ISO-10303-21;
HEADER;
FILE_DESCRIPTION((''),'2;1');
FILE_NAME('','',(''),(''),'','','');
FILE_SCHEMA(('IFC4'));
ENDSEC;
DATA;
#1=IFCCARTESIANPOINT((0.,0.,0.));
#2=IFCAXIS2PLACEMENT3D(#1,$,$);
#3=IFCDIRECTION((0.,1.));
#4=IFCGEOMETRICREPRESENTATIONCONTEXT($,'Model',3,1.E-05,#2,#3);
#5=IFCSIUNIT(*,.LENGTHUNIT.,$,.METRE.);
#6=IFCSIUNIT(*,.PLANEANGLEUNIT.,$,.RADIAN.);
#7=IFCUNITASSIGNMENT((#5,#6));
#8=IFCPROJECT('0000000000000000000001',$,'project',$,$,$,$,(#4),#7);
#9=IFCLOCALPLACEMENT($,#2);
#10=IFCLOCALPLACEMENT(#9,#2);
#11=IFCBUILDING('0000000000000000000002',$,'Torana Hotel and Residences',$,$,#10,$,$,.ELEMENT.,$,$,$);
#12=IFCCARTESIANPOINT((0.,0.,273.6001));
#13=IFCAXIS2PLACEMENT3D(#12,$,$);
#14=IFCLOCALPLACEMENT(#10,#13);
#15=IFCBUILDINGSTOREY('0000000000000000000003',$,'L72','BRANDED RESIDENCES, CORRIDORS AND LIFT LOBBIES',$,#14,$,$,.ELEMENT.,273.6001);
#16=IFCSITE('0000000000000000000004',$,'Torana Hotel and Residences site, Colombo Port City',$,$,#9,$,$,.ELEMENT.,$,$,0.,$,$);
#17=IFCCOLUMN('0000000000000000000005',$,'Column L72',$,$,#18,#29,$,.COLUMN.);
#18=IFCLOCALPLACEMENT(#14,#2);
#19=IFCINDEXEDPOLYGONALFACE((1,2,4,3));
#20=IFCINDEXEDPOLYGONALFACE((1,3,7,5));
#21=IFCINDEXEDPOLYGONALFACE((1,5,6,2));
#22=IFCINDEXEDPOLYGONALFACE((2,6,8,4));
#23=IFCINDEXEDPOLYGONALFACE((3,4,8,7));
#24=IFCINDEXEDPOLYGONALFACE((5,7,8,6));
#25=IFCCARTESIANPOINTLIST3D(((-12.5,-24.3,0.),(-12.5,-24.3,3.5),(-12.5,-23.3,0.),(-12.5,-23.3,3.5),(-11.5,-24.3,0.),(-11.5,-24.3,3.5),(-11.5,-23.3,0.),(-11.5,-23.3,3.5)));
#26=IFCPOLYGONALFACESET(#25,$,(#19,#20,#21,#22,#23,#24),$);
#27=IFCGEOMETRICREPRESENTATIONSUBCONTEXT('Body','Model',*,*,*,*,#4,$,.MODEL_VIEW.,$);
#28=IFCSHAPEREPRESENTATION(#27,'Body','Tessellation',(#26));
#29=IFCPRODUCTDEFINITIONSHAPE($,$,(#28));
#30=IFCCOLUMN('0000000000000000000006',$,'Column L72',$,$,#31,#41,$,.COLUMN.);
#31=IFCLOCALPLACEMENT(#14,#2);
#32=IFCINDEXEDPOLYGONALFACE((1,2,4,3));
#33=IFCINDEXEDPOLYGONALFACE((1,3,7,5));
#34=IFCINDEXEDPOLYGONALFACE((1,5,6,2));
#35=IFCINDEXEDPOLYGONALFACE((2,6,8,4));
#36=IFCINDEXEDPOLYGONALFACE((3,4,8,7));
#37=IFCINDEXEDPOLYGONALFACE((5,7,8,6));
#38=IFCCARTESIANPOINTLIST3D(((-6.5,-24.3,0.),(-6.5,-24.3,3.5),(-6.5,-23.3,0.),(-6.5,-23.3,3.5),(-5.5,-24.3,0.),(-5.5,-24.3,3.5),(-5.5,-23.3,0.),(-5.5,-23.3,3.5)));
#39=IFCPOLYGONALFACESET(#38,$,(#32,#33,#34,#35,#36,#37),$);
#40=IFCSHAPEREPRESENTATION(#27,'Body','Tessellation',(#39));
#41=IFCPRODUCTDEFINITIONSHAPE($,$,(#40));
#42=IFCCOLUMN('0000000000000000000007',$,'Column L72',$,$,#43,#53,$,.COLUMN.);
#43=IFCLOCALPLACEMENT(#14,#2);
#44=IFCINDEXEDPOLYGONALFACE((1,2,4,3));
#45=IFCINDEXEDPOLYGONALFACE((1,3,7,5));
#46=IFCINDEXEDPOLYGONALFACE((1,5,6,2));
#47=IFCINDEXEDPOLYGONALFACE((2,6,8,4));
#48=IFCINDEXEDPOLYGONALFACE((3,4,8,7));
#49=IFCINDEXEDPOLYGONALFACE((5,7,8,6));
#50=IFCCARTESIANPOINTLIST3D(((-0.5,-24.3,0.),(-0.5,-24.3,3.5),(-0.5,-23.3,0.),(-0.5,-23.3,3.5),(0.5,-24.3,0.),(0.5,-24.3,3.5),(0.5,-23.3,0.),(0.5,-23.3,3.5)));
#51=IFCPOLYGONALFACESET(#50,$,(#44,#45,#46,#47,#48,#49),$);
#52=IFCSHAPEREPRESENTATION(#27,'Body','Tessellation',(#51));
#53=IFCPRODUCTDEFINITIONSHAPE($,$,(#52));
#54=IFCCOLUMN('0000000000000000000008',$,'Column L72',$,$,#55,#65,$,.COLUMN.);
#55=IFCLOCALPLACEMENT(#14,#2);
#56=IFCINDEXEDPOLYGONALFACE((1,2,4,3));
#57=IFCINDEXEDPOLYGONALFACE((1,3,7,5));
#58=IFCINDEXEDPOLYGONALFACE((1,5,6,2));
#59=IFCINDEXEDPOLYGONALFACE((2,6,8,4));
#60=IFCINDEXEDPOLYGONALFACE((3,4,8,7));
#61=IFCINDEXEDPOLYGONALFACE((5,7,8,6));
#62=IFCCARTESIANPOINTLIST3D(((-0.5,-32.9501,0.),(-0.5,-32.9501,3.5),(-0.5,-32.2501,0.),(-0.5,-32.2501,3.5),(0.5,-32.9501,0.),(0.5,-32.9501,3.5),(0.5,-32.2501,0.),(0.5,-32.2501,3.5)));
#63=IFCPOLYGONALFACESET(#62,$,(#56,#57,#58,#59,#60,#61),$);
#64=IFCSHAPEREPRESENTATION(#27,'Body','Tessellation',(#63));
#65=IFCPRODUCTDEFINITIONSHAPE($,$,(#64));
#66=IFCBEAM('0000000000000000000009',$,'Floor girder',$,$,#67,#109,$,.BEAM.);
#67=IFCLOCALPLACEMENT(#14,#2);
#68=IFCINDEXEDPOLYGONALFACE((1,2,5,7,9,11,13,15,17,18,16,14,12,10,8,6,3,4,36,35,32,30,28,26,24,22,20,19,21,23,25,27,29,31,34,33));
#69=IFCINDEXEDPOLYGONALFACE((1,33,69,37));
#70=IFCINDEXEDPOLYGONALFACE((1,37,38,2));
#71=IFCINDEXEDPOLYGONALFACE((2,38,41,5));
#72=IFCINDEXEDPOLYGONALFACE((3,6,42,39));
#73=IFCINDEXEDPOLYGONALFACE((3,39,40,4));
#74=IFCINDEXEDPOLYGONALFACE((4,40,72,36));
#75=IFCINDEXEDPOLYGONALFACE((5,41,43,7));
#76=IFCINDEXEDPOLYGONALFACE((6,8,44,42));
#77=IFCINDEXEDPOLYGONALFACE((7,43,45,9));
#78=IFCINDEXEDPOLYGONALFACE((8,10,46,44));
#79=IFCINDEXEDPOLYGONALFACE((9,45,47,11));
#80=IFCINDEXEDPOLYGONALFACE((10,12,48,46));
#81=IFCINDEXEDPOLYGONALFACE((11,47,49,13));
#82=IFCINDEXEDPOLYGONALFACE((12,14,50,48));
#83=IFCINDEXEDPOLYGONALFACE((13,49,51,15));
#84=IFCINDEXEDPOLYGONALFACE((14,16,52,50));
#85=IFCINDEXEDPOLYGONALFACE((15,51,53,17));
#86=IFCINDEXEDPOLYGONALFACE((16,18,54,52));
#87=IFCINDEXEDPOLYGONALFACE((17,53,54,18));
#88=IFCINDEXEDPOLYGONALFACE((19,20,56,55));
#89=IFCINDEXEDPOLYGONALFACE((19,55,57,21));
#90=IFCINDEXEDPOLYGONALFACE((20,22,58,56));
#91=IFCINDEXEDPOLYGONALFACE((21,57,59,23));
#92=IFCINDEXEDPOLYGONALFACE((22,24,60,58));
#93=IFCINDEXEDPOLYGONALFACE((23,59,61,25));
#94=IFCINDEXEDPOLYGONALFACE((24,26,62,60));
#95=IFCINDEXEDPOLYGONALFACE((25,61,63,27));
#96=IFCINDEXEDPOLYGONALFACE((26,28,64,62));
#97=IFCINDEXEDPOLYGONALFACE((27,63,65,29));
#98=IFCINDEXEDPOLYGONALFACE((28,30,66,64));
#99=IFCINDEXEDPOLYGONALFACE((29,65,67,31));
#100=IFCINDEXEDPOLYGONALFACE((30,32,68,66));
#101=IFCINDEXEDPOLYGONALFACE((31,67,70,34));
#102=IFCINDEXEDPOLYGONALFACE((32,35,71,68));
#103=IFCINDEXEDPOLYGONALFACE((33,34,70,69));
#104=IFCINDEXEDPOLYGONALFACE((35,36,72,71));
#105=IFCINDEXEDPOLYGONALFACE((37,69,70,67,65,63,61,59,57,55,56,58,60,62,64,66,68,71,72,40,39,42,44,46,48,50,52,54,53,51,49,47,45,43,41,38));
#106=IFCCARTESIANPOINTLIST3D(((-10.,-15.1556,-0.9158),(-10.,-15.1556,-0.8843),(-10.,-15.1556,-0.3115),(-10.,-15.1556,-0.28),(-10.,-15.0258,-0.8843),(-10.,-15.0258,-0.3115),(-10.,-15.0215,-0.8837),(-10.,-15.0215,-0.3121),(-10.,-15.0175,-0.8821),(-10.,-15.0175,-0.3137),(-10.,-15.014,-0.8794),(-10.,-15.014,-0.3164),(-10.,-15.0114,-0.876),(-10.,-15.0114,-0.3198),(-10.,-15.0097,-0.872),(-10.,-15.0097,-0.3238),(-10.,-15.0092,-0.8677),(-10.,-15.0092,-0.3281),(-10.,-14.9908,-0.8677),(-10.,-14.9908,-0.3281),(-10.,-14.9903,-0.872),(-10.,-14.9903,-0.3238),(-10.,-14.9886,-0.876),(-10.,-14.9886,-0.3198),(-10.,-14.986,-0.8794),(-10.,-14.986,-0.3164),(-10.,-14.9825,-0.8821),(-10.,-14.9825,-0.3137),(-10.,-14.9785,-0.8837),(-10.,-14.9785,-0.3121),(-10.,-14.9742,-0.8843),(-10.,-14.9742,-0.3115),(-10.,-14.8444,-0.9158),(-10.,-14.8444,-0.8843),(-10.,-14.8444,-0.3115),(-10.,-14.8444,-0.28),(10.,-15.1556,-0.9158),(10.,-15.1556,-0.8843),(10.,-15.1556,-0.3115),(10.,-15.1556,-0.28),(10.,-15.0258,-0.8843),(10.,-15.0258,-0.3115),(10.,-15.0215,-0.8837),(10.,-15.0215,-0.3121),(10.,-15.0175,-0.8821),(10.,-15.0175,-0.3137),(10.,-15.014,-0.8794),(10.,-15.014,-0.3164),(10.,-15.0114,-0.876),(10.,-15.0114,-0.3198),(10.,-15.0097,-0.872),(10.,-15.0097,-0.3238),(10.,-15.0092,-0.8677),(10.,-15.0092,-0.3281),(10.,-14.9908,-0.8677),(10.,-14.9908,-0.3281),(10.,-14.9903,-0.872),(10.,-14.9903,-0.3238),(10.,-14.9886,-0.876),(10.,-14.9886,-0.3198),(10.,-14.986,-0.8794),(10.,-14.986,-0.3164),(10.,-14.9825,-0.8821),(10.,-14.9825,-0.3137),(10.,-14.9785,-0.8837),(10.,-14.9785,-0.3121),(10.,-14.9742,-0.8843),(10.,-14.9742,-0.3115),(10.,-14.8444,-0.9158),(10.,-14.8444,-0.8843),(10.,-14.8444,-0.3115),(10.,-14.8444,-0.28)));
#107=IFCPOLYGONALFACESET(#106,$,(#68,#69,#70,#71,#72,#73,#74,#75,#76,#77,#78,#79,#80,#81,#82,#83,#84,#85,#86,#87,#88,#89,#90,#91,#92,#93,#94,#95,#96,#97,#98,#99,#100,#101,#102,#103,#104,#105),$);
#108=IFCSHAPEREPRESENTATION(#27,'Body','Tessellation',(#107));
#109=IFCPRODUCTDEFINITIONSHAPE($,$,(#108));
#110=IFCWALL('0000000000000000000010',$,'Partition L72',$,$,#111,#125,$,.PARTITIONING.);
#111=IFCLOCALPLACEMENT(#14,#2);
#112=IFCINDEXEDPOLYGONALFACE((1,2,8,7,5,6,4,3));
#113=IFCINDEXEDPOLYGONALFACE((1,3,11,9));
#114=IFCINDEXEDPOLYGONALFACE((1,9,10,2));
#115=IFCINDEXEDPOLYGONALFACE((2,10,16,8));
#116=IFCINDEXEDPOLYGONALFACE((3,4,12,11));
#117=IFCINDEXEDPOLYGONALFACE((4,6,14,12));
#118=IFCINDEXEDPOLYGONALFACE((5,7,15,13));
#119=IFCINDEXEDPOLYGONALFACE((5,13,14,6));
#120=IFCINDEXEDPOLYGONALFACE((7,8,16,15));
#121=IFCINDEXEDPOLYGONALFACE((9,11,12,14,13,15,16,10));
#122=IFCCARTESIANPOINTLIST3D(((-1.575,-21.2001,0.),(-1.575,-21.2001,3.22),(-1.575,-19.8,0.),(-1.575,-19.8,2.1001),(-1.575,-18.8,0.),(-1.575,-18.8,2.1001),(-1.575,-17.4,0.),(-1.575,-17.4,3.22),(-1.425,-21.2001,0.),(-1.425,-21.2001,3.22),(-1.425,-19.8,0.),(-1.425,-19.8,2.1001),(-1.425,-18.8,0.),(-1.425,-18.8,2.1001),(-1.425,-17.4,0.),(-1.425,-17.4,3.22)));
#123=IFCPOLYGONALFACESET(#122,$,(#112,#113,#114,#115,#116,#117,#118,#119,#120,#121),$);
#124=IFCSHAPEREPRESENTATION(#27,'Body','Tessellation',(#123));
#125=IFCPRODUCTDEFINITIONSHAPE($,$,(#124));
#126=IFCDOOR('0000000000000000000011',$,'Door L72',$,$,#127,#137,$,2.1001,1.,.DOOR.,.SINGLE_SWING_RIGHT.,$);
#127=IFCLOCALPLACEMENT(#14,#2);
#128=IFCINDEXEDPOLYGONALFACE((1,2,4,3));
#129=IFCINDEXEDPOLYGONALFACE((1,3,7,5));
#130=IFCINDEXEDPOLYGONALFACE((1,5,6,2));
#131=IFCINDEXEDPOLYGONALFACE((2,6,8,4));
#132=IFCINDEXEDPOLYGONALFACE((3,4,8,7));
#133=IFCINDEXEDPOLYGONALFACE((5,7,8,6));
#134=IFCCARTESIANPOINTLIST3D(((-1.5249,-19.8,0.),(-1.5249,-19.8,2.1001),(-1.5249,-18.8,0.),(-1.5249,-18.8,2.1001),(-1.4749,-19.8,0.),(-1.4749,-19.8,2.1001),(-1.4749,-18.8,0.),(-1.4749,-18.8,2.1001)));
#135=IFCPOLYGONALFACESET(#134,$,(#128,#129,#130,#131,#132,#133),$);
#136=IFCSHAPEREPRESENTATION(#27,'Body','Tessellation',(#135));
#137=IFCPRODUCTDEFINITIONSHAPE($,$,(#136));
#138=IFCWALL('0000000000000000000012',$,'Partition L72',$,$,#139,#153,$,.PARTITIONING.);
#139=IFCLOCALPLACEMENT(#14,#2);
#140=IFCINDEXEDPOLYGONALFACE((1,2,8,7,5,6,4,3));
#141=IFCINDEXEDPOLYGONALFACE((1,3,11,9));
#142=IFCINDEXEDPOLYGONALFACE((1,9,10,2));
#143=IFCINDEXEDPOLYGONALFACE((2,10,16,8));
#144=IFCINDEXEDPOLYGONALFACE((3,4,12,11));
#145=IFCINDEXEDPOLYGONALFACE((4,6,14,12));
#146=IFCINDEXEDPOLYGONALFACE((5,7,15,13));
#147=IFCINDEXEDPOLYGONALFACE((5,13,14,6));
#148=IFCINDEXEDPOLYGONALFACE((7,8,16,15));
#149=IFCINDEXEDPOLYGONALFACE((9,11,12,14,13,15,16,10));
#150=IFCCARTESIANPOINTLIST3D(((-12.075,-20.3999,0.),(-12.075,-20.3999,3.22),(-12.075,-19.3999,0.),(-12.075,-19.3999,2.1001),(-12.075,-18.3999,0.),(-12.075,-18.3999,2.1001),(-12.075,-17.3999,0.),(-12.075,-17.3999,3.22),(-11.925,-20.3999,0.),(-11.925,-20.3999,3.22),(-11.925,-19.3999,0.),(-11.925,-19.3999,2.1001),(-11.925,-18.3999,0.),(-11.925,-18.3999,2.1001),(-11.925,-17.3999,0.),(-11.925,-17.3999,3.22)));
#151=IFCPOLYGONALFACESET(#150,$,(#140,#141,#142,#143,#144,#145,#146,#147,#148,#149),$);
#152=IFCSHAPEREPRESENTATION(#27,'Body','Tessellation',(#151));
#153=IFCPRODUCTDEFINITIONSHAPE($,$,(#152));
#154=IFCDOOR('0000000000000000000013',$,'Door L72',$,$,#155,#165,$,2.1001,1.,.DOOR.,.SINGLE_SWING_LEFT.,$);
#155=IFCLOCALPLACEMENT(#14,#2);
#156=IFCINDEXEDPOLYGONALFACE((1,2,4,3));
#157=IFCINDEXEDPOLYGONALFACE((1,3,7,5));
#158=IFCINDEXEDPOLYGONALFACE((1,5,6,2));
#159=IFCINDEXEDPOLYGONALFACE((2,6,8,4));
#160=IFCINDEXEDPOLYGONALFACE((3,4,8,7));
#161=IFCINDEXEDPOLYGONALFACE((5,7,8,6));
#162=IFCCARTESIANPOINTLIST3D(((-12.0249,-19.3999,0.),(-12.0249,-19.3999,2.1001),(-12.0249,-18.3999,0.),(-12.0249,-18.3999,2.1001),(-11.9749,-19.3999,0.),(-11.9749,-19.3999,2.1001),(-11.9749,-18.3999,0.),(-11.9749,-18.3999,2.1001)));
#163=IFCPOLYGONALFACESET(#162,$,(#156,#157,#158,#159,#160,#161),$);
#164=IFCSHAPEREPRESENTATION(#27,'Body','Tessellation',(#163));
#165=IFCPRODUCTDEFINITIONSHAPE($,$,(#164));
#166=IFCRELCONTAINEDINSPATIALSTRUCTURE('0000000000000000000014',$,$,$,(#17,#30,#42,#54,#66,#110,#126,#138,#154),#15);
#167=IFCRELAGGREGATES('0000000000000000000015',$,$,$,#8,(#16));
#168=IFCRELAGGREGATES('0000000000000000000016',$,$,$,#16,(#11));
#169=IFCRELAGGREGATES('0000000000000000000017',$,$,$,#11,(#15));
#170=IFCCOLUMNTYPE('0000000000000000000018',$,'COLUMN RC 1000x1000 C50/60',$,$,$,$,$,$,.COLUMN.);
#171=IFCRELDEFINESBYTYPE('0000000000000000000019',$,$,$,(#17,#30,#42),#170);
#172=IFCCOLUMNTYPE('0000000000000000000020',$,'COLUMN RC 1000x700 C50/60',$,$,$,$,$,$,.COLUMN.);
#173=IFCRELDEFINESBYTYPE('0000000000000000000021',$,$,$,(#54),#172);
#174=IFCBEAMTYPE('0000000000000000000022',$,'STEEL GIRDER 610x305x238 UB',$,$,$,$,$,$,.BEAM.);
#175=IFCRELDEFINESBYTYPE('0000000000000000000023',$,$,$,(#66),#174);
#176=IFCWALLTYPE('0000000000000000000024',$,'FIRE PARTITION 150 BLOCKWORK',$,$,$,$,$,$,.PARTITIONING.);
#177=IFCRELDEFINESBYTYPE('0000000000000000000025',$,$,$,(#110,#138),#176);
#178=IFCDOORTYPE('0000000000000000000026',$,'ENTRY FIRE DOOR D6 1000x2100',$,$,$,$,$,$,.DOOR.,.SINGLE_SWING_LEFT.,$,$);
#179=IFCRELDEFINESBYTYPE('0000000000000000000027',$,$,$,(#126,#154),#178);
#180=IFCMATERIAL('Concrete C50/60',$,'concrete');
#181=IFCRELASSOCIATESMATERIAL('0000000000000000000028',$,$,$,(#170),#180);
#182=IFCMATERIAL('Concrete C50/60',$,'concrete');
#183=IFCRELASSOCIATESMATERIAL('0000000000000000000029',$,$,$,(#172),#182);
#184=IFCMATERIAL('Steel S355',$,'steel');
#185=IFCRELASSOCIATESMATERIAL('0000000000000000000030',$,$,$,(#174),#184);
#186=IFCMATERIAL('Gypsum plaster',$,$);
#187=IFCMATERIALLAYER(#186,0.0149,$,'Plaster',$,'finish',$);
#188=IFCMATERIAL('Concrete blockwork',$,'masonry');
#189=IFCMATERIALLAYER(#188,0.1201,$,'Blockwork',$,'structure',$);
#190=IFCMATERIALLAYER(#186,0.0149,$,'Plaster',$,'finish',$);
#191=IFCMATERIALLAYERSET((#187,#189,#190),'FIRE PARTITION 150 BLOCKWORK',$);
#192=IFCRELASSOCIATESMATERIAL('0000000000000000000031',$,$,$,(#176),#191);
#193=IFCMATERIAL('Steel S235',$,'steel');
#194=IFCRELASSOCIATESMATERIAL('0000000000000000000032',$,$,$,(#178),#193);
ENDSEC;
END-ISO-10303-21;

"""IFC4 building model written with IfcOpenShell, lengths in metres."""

from ifc_helpers import new_model, si_unit, direction, frame, frame_2d, origin, origin_2d, place, context, subcontext, project, spatial, rectangle, i_section, extrude, material, layer, layer_set, material_profile, profile_set, type_object, element, fill, save


model = new_model("IFC4")

# Units and contexts
model_context = context("Model", 3, precision=1e-05, world=origin(), true_north=direction((0.0, 1.0)))
body_context = subcontext(model_context, "Body", "Model", "MODEL_VIEW")
ifc_project = project(units=[si_unit("LENGTHUNIT", "METRE"), si_unit("PLANEANGLEUNIT", "RADIAN")], contexts=[model_context])

# Site, building, storey
site_placement = place(None, origin())
site = spatial("IfcSite", under=ifc_project, at=site_placement, Name="Torana Hotel and Residences site, Colombo Port City", CompositionType="ELEMENT", RefElevation=0.0)
building_placement = place(site_placement, origin())
building = spatial("IfcBuilding", under=site, at=building_placement, Name="Torana Hotel and Residences", CompositionType="ELEMENT")
storey_placement = place(building_placement, frame((0.0, 0.0, 273.6001)))
storey = spatial("IfcBuildingStorey", under=building, at=storey_placement, Name="L72", Description="BRANDED RESIDENCES, CORRIDORS AND LIFT LOBBIES", CompositionType="ELEMENT", Elevation=273.6001)

# Columns
ifc_material_1 = material(Name="Concrete C50/60", Category="concrete")
ifc_material_profile_1 = material_profile(ifc_material_1, rectangle(XDim=1.0, YDim=1.0, at=origin_2d()), Name="RC 1000x1000")
ifc_profile_set_1 = profile_set([ifc_material_profile_1], Name="Concrete C50/60")
column_type_1 = type_object("IfcColumnType", Name="COLUMN RC 1000x1000 C50/60", PredefinedType="COLUMN", material=ifc_profile_set_1)
for number, where, z_axis, x_axis, name in (
    (1, (-12.0, -23.8, 0.0), (0.0, 0.0, 1.0), (1.0, 0.0, 0.0), "Column L72"),
    (2, (-6.0, -23.8, 0.0), (0.0, 0.0, 1.0), (1.0, 0.0, 0.0), "Column L72"),
    (3, (0.0, -23.8, 0.0), (0.0, 0.0, 1.0), (1.0, 0.0, 0.0), "Column L72"),
):
    element("IfcColumn", number, at=place(storey_placement, frame(where, z_axis=z_axis, x_axis=x_axis)), inside=storey, type_object=column_type_1, Name=name, PredefinedType="COLUMN", context=body_context, shape_type="SweptSolid", body=[
        extrude(rectangle(XDim=1.0, YDim=1.0, at=origin_2d()), origin(), (0.0, 0.0, 1.0), 3.5),
    ])
ifc_material_2 = material(Name="Concrete C50/60", Category="concrete")
ifc_material_profile_2 = material_profile(ifc_material_2, rectangle(XDim=1.0, YDim=0.7, at=origin_2d()), Name="RC 1000x700")
ifc_profile_set_2 = profile_set([ifc_material_profile_2], Name="Concrete C50/60")
column_type_2 = type_object("IfcColumnType", Name="COLUMN RC 1000x700 C50/60", PredefinedType="COLUMN", material=ifc_profile_set_2)
column_placement = place(storey_placement, frame((0.0, -32.6001, 0.0), z_axis=(0.0, 0.0, 1.0), x_axis=(1.0, 0.0, 0.0)))
element("IfcColumn", 4, at=column_placement, inside=storey, type_object=column_type_2, Name="Column L72", PredefinedType="COLUMN", context=body_context, shape_type="SweptSolid", body=[
    extrude(rectangle(XDim=1.0, YDim=0.7, at=origin_2d()), origin(), (0.0, 0.0, 1.0), 3.5),
])

# Beam
ifc_material_3 = material(Name="Steel S355", Category="steel")
ifc_material_profile_3 = material_profile(ifc_material_3, i_section(OverallWidth=0.3113, OverallDepth=0.6357, WebThickness=0.0183, FlangeThickness=0.0315, FilletRadius=0.0166, at=origin_2d()), Name="610x305x238 UB")
ifc_profile_set_3 = profile_set([ifc_material_profile_3], Name="Steel S355")
beam_type = type_object("IfcBeamType", Name="STEEL GIRDER 610x305x238 UB", PredefinedType="BEAM", material=ifc_profile_set_3)
beam_placement = place(storey_placement, frame((-10.0, -15.0, -0.5979), z_axis=(1.0, 0.0, 0.0), x_axis=(0.0, 1.0, 0.0)))
element("IfcBeam", 5, at=beam_placement, inside=storey, type_object=beam_type, Name="Floor girder", PredefinedType="BEAM", context=body_context, shape_type="SweptSolid", body=[
    extrude(i_section(OverallWidth=0.3113, OverallDepth=0.6357, WebThickness=0.0183, FlangeThickness=0.0315, FilletRadius=0.0166, at=origin_2d()), origin(), (0.0, 0.0, 1.0), 20.0),
])

# Walls, openings, doors
ifc_material_4 = material(Name="Gypsum plaster")
ifc_layer_1 = layer(ifc_material_4, 0.0149, Name="Plaster", Category="finish")
ifc_material_5 = material(Name="Concrete blockwork", Category="masonry")
ifc_layer_2 = layer(ifc_material_5, 0.1201, Name="Blockwork", Category="structure")
ifc_layer_3 = layer(ifc_material_4, 0.0149, Name="Plaster", Category="finish")
ifc_layer_set_1 = layer_set([ifc_layer_1, ifc_layer_2, ifc_layer_3], Name="FIRE PARTITION 150 BLOCKWORK")
wall_type_1 = type_object("IfcWallType", Name="FIRE PARTITION 150 BLOCKWORK", PredefinedType="PARTITIONING", material=ifc_layer_set_1)
wall_1_placement = place(storey_placement, frame((-1.5, -21.2, 0.0), z_axis=(0.0, 0.0, 1.0), x_axis=(0.0, 1.0, 0.0)))
wall_1 = element("IfcWall", 6, at=wall_1_placement, inside=storey, type_object=wall_type_1, Name="Partition L72", PredefinedType="PARTITIONING", context=body_context, shape_type="SweptSolid", body=[
    extrude(rectangle(XDim=3.8, YDim=0.1499, at=frame_2d((1.8999, 0.0))), origin(), (0.0, 0.0, 1.0), 3.22),
])
opening_1_placement = place(wall_1_placement, frame((1.3999, 0.0, 0.0)))
opening_1 = element("IfcOpeningElement", 7, at=opening_1_placement, cuts=wall_1, PredefinedType="OPENING", context=body_context, shape_type="SweptSolid", body=[
    extrude(rectangle(XDim=1.0, YDim=2.1001, at=frame_2d((0.5, 1.05))), frame((0.0, 0.085, 0.0), z_axis=(0.0, -1.0, 0.0), x_axis=(1.0, 0.0, 0.0)), (0.0, 0.0, 1.0), 0.1699),
])
ifc_material_6 = material(Name="Steel S235", Category="steel")
door_type_1 = type_object("IfcDoorType", Name="ENTRY FIRE DOOR D6 1000x2100", OperationType="SINGLE_SWING_LEFT", PredefinedType="DOOR", material=ifc_material_6)
door_1_placement = place(opening_1_placement, origin())
door_1 = element("IfcDoor", 8, at=door_1_placement, inside=storey, type_object=door_type_1, Name="Door L72", OperationType="SINGLE_SWING_RIGHT", OverallHeight=2.1001, OverallWidth=1.0, PredefinedType="DOOR", context=body_context, shape_type="SweptSolid", body=[
    extrude(rectangle(XDim=1.0, YDim=2.1001, at=frame_2d((0.5, 1.05))), frame((0.0, 0.0249, 0.0), z_axis=(0.0, -1.0, 0.0), x_axis=(1.0, 0.0, 0.0)), (0.0, 0.0, 1.0), 0.05),
])
fill(opening_1, door_1)
wall_2_placement = place(storey_placement, frame((-12.0, -20.3999, 0.0), z_axis=(0.0, 0.0, 1.0), x_axis=(0.0, 1.0, 0.0)))
wall_2 = element("IfcWall", 9, at=wall_2_placement, inside=storey, type_object=wall_type_1, Name="Partition L72", PredefinedType="PARTITIONING", context=body_context, shape_type="SweptSolid", body=[
    extrude(rectangle(XDim=3.0, YDim=0.1499, at=frame_2d((1.5, 0.0))), origin(), (0.0, 0.0, 1.0), 3.22),
])
opening_2_placement = place(wall_2_placement, frame((1.0, 0.0, 0.0)))
opening_2 = element("IfcOpeningElement", 10, at=opening_2_placement, cuts=wall_2, PredefinedType="OPENING", context=body_context, shape_type="SweptSolid", body=[
    extrude(rectangle(XDim=1.0, YDim=2.1001, at=frame_2d((0.5, 1.05))), frame((0.0, 0.085, 0.0), z_axis=(0.0, -1.0, 0.0), x_axis=(1.0, 0.0, 0.0)), (0.0, 0.0, 1.0), 0.1699),
])
door_2_placement = place(opening_2_placement, frame((0.5, 0.0, 0.0), z_axis=(0.0, 0.0, 1.0), x_axis=(-1.0, 0.0, 0.0)))
door_2 = element("IfcDoor", 11, at=door_2_placement, inside=storey, type_object=door_type_1, Name="Door L72", OperationType="SINGLE_SWING_LEFT", OverallHeight=2.1001, OverallWidth=1.0, PredefinedType="DOOR", context=body_context, shape_type="SweptSolid", body=[
    extrude(rectangle(XDim=1.0, YDim=2.1001, at=frame_2d((0.0, 1.05))), frame((0.0, -0.0249, 0.0), z_axis=(0.0, 1.0, 0.0), x_axis=(-1.0, 0.0, 0.0)), (0.0, 0.0, 1.0), 0.05),
])
fill(opening_2, door_2)

save(model, "model.ifc")
